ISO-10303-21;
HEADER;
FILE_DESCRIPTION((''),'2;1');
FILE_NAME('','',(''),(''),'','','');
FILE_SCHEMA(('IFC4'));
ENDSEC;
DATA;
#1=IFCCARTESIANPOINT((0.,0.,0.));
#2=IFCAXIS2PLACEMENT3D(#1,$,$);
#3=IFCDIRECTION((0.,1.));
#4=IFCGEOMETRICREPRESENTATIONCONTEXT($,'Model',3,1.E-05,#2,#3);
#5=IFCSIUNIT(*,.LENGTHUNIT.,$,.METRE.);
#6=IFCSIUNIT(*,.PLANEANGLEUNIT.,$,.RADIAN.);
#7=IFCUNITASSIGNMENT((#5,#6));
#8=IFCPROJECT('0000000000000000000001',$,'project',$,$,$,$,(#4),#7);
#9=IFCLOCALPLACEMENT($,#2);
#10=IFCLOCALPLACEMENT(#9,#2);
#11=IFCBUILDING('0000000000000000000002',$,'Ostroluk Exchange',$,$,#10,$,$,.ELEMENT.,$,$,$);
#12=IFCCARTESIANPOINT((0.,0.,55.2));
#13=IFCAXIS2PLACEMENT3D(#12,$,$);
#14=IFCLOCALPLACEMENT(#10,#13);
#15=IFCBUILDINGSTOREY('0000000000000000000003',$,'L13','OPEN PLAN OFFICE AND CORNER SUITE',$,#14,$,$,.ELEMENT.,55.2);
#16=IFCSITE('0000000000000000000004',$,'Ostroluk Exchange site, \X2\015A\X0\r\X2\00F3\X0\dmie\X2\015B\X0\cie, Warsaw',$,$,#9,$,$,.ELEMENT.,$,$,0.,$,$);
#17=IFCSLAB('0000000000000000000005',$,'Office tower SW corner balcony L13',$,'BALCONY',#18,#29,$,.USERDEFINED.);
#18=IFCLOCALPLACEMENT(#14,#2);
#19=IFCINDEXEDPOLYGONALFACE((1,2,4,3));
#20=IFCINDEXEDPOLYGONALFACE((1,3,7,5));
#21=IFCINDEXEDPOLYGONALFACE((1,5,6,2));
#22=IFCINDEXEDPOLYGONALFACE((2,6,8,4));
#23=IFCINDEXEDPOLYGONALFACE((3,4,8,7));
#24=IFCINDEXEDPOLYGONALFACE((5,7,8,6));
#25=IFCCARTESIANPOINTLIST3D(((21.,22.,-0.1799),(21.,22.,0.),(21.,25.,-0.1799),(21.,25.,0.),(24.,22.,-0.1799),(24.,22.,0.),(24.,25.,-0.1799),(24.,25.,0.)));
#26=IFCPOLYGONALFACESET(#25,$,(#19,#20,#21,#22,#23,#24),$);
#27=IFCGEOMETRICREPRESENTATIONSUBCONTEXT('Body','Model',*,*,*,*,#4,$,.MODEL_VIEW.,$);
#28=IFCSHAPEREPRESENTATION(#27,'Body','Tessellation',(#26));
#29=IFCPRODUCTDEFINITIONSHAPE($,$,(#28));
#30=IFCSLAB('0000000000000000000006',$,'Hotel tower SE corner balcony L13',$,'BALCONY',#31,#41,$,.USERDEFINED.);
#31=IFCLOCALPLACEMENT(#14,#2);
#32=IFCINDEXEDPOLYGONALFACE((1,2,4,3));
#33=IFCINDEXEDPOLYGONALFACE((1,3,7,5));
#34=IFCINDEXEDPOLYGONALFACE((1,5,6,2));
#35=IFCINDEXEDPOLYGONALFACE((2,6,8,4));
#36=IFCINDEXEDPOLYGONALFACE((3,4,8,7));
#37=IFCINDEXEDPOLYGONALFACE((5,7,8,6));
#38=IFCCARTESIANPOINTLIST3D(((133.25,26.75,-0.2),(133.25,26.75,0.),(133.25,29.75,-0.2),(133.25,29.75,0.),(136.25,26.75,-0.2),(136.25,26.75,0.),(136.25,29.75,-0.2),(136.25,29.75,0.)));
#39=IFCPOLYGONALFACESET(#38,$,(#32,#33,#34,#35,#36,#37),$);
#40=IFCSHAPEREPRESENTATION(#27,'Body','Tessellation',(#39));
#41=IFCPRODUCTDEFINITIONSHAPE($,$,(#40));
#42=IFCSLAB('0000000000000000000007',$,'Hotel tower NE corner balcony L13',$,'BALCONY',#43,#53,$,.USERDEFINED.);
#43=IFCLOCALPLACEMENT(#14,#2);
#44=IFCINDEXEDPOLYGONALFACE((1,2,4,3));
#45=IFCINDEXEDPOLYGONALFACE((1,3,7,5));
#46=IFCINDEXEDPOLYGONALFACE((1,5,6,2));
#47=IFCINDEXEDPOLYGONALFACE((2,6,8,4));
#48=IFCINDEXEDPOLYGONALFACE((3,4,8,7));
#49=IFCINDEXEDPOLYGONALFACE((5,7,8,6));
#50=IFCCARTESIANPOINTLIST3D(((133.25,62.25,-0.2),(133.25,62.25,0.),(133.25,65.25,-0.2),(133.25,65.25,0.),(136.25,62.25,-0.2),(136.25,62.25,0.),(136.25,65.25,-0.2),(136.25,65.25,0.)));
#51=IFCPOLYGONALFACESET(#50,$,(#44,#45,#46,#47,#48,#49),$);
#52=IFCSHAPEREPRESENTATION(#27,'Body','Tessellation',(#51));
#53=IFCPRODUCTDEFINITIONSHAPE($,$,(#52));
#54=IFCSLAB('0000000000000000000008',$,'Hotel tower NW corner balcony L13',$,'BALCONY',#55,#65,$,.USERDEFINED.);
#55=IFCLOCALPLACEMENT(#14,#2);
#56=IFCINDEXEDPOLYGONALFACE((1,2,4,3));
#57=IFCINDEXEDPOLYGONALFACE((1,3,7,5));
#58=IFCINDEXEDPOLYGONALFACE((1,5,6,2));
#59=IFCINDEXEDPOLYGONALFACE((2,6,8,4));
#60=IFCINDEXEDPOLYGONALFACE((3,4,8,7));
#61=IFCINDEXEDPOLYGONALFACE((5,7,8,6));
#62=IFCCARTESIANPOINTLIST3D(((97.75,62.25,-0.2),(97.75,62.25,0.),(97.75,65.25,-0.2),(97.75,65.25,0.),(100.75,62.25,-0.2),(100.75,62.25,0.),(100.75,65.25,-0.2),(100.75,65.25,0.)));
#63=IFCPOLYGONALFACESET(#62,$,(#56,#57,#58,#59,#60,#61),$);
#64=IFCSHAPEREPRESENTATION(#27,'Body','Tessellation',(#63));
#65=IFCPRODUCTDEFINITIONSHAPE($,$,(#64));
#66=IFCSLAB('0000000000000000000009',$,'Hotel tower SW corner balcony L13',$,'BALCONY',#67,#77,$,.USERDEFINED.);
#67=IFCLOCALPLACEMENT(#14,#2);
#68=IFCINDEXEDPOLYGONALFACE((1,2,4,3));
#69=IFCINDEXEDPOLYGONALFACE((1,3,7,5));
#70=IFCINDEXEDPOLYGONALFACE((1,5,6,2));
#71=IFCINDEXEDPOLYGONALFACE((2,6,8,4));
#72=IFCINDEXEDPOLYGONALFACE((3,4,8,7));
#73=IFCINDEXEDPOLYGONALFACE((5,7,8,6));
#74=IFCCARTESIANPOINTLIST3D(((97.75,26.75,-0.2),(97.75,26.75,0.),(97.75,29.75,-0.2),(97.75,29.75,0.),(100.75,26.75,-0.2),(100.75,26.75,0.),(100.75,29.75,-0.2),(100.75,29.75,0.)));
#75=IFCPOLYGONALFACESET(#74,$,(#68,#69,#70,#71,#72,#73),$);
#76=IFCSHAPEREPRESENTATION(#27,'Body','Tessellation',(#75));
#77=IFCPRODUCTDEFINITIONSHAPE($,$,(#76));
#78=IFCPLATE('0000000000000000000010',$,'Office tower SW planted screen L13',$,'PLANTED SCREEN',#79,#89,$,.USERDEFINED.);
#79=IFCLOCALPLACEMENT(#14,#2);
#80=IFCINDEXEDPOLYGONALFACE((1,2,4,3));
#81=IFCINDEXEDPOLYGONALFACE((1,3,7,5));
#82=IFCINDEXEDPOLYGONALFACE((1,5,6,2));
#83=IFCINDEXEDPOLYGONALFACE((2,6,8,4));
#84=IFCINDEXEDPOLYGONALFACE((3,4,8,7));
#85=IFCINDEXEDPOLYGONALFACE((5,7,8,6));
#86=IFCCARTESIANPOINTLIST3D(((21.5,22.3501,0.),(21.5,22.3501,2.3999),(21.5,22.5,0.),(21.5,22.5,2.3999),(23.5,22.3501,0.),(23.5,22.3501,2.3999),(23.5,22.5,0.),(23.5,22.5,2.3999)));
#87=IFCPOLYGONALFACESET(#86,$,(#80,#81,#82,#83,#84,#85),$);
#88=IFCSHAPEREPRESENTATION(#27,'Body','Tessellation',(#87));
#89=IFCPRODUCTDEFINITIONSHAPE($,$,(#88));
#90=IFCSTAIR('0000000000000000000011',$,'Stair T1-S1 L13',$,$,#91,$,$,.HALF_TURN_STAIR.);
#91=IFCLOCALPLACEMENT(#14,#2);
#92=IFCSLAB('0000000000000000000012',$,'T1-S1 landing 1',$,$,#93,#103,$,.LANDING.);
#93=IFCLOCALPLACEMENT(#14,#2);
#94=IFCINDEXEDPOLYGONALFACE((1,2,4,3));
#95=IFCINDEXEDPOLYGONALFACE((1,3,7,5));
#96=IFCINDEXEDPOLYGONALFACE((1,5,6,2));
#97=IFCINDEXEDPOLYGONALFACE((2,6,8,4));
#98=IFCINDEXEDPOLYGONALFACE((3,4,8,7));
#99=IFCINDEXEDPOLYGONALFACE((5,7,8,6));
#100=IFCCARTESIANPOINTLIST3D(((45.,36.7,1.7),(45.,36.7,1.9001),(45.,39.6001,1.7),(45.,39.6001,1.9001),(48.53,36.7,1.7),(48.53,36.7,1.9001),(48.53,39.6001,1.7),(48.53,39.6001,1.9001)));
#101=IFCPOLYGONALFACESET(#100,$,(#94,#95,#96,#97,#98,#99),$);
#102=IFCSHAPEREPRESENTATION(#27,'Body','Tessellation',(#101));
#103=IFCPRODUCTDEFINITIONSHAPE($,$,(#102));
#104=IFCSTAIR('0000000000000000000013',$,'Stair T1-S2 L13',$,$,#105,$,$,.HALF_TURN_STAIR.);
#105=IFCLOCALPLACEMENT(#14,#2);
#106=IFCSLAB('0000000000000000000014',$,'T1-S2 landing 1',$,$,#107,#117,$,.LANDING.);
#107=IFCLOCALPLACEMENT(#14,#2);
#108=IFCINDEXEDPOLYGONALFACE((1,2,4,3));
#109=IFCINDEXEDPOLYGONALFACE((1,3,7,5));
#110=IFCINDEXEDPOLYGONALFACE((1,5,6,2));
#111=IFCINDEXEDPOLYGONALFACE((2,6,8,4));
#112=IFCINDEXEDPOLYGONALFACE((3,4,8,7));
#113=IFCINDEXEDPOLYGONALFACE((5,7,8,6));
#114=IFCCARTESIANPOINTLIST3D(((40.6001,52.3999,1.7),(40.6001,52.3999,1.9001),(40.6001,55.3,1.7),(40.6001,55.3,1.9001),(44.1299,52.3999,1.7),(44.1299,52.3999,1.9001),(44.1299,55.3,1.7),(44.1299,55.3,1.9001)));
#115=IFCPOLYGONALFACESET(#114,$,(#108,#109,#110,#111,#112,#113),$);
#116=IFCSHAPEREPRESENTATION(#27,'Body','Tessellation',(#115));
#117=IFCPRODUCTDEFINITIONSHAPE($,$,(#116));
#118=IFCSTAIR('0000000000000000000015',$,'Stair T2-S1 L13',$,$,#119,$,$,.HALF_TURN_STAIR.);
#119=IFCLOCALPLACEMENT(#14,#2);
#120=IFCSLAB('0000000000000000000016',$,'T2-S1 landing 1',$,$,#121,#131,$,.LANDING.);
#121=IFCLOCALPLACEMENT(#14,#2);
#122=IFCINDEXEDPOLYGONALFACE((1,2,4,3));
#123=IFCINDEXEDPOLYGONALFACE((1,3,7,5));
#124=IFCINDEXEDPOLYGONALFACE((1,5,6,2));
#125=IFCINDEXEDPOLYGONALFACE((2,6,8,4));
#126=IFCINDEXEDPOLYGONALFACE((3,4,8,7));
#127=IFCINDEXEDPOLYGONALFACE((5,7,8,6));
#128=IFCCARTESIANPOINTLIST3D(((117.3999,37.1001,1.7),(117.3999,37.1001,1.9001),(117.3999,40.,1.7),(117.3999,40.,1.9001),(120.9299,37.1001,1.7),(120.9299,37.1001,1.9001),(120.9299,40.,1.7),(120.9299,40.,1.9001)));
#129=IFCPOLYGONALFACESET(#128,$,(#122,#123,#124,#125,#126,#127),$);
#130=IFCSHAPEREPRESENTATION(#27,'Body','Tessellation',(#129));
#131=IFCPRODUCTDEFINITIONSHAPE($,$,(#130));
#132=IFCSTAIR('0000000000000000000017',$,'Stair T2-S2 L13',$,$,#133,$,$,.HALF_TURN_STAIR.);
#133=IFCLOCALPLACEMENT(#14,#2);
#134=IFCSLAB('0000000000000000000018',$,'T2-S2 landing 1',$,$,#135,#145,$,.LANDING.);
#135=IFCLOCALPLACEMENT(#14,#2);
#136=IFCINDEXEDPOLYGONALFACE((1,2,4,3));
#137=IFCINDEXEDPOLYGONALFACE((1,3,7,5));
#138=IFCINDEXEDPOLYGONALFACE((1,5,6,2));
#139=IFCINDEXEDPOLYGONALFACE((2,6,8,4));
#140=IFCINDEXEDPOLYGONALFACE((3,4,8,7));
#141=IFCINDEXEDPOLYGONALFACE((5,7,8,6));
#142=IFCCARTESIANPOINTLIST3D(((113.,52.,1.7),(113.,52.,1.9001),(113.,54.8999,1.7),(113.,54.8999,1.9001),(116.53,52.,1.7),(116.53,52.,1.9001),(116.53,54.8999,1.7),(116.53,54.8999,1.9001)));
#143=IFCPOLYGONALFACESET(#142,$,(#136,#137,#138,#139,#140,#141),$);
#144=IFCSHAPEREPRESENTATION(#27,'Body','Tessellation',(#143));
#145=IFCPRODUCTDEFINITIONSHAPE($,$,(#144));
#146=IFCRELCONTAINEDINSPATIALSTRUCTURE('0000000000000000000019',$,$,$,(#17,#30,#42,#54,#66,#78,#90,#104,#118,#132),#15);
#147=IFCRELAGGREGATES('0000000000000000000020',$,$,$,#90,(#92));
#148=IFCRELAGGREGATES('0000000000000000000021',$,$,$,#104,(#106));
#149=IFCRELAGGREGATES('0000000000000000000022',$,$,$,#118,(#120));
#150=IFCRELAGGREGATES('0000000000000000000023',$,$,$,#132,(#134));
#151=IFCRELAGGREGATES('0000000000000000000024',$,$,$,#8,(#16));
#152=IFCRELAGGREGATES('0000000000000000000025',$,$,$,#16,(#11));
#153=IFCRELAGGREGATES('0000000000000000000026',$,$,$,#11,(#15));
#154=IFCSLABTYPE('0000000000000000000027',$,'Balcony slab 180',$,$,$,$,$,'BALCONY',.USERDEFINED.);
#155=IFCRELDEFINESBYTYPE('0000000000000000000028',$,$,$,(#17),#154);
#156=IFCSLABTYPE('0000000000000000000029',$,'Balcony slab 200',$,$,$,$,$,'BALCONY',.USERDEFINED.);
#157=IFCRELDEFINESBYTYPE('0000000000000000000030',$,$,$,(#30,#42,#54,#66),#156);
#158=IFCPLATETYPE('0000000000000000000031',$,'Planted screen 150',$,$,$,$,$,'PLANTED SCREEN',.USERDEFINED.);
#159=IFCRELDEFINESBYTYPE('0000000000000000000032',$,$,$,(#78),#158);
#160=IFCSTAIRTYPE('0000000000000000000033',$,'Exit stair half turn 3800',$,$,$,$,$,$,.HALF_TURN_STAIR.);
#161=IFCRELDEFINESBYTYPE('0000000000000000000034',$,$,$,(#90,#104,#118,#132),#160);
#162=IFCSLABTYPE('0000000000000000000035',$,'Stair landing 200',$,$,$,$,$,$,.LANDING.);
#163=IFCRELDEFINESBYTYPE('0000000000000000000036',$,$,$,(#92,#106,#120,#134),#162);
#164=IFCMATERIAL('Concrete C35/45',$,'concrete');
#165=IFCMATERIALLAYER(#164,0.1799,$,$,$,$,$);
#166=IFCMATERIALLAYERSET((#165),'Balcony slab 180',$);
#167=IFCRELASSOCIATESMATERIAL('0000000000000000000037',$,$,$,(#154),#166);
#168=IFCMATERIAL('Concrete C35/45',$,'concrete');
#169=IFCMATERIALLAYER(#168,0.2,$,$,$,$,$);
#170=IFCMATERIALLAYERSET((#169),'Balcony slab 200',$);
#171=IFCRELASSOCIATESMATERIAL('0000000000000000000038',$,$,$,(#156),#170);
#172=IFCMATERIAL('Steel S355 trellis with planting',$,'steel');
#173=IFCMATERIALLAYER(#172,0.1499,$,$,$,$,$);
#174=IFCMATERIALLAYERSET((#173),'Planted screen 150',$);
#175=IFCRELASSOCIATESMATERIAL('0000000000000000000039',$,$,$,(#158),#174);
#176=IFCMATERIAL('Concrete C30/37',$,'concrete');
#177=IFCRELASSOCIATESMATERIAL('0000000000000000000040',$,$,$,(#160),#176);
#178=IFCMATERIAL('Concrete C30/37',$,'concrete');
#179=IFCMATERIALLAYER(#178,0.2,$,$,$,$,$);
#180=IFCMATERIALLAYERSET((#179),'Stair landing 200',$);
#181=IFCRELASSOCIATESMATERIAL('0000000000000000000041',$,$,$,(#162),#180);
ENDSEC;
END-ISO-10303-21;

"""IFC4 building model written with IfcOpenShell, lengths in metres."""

from ifc_helpers import new_model, si_unit, direction, frame, origin, origin_2d, place, context, subcontext, project, spatial, polyline, rectangle, outline, extrude, material, layer, layer_set, type_object, element, aggregate, save


model = new_model("IFC4")

# Units and contexts
model_context = context("Model", 3, precision=1e-05, world=origin(), true_north=direction((0.0, 1.0)))
body_context = subcontext(model_context, "Body", "Model", "MODEL_VIEW")
ifc_project = project(units=[si_unit("LENGTHUNIT", "METRE"), si_unit("PLANEANGLEUNIT", "RADIAN")], contexts=[model_context])

# Site, building, storey
site_placement = place(None, origin())
site = spatial("IfcSite", under=ifc_project, at=site_placement, Name="Ostroluk Exchange site, Śródmieście, Warsaw", CompositionType="ELEMENT", RefElevation=0.0)
building_placement = place(site_placement, origin())
building = spatial("IfcBuilding", under=site, at=building_placement, Name="Ostroluk Exchange", CompositionType="ELEMENT")
storey_placement = place(building_placement, frame((0.0, 0.0, 55.2)))
storey = spatial("IfcBuildingStorey", under=building, at=storey_placement, Name="L13", Description="OPEN PLAN OFFICE AND CORNER SUITE", CompositionType="ELEMENT", Elevation=55.2)

# Slabs
ifc_material_1 = material(Name="Concrete C35/45", Category="concrete")
ifc_layer_1 = layer(ifc_material_1, 0.1799)
ifc_layer_set_1 = layer_set([ifc_layer_1], Name="Balcony slab 180")
slab_type_1 = type_object("IfcSlabType", Name="Balcony slab 180", ElementType="BALCONY", PredefinedType="USERDEFINED", material=ifc_layer_set_1)
slab_1_placement = place(storey_placement, frame((0.0, 0.0, -0.1799)))
element("IfcSlab", 1, at=slab_1_placement, inside=storey, type_object=slab_type_1, Name="Office tower SW corner balcony L13", ObjectType="BALCONY", PredefinedType="USERDEFINED", context=body_context, shape_type="SweptSolid", body=[
    extrude(outline(polyline([(21.0, 22.0), (24.0, 22.0), (24.0, 25.0), (21.0, 25.0), (21.0, 22.0)])), origin(), (0.0, 0.0, 1.0), 0.1799),
])
ifc_material_2 = material(Name="Concrete C35/45", Category="concrete")
ifc_layer_2 = layer(ifc_material_2, 0.2)
ifc_layer_set_2 = layer_set([ifc_layer_2], Name="Balcony slab 200")
slab_type_2 = type_object("IfcSlabType", Name="Balcony slab 200", ElementType="BALCONY", PredefinedType="USERDEFINED", material=ifc_layer_set_2)
slab_2_placement = place(storey_placement, frame((0.0, 0.0, -0.2)))
element("IfcSlab", 2, at=slab_2_placement, inside=storey, type_object=slab_type_2, Name="Hotel tower SE corner balcony L13", ObjectType="BALCONY", PredefinedType="USERDEFINED", context=body_context, shape_type="SweptSolid", body=[
    extrude(outline(polyline([(133.25, 26.75), (136.25, 26.75), (136.25, 29.75), (133.25, 29.75), (133.25, 26.75)])), origin(), (0.0, 0.0, 1.0), 0.2),
])
slab_3_placement = place(storey_placement, frame((0.0, 0.0, -0.2)))
element("IfcSlab", 3, at=slab_3_placement, inside=storey, type_object=slab_type_2, Name="Hotel tower NE corner balcony L13", ObjectType="BALCONY", PredefinedType="USERDEFINED", context=body_context, shape_type="SweptSolid", body=[
    extrude(outline(polyline([(133.25, 62.25), (136.25, 62.25), (136.25, 65.25), (133.25, 65.25), (133.25, 62.25)])), origin(), (0.0, 0.0, 1.0), 0.2),
])
slab_4_placement = place(storey_placement, frame((0.0, 0.0, -0.2)))
element("IfcSlab", 4, at=slab_4_placement, inside=storey, type_object=slab_type_2, Name="Hotel tower NW corner balcony L13", ObjectType="BALCONY", PredefinedType="USERDEFINED", context=body_context, shape_type="SweptSolid", body=[
    extrude(outline(polyline([(97.75, 62.25), (100.75, 62.25), (100.75, 65.25), (97.75, 65.25), (97.75, 62.25)])), origin(), (0.0, 0.0, 1.0), 0.2),
])
slab_5_placement = place(storey_placement, frame((0.0, 0.0, -0.2)))
element("IfcSlab", 5, at=slab_5_placement, inside=storey, type_object=slab_type_2, Name="Hotel tower SW corner balcony L13", ObjectType="BALCONY", PredefinedType="USERDEFINED", context=body_context, shape_type="SweptSolid", body=[
    extrude(outline(polyline([(97.75, 26.75), (100.75, 26.75), (100.75, 29.75), (97.75, 29.75), (97.75, 26.75)])), origin(), (0.0, 0.0, 1.0), 0.2),
])

# Plate
ifc_material_3 = material(Name="Steel S355 trellis with planting", Category="steel")
ifc_layer_3 = layer(ifc_material_3, 0.1499)
ifc_layer_set_3 = layer_set([ifc_layer_3], Name="Planted screen 150")
plate_type = type_object("IfcPlateType", Name="Planted screen 150", ElementType="PLANTED SCREEN", PredefinedType="USERDEFINED", material=ifc_layer_set_3)
plate_placement = place(storey_placement, frame((22.5, 22.425, 0.0), z_axis=(0.0, 0.0, 1.0), x_axis=(1.0, 0.0, 0.0)))
element("IfcPlate", 6, at=plate_placement, inside=storey, type_object=plate_type, Name="Office tower SW planted screen L13", ObjectType="PLANTED SCREEN", PredefinedType="USERDEFINED", context=body_context, shape_type="SweptSolid", body=[
    extrude(rectangle(XDim=2.0, YDim=0.1499, at=origin_2d()), origin(), (0.0, 0.0, 1.0), 2.3999),
])

# Stairs, slabs
ifc_material_4 = material(Name="Concrete C30/37", Category="concrete")
stair_type = type_object("IfcStairType", Name="Exit stair half turn 3800", PredefinedType="HALF_TURN_STAIR", material=ifc_material_4)
stair_1_placement = place(storey_placement, origin())
stair_1 = element("IfcStair", 7, at=stair_1_placement, inside=storey, type_object=stair_type, Name="Stair T1-S1 L13", PredefinedType="HALF_TURN_STAIR")
ifc_material_5 = material(Name="Concrete C30/37", Category="concrete")
ifc_layer_4 = layer(ifc_material_5, 0.2)
ifc_layer_set_4 = layer_set([ifc_layer_4], Name="Stair landing 200")
slab_type_3 = type_object("IfcSlabType", Name="Stair landing 200", PredefinedType="LANDING", material=ifc_layer_set_4)
slab_6_placement = place(storey_placement, frame((0.0, 0.0, 1.7)))
slab_6 = element("IfcSlab", 8, at=slab_6_placement, type_object=slab_type_3, Name="T1-S1 landing 1", PredefinedType="LANDING", context=body_context, shape_type="SweptSolid", body=[
    extrude(outline(polyline([(45.0, 36.7), (45.0, 39.6001), (48.53, 39.6001), (48.53, 36.7), (45.0, 36.7)])), origin(), (0.0, 0.0, 1.0), 0.2002),
])
aggregate(stair_1, [slab_6])
stair_2_placement = place(storey_placement, origin())
stair_2 = element("IfcStair", 9, at=stair_2_placement, inside=storey, type_object=stair_type, Name="Stair T1-S2 L13", PredefinedType="HALF_TURN_STAIR")
slab_7_placement = place(storey_placement, frame((0.0, 0.0, 1.7)))
slab_7 = element("IfcSlab", 10, at=slab_7_placement, type_object=slab_type_3, Name="T1-S2 landing 1", PredefinedType="LANDING", context=body_context, shape_type="SweptSolid", body=[
    extrude(outline(polyline([(44.1299, 52.3999), (44.1299, 55.3), (40.6001, 55.3), (40.6001, 52.3999), (44.1299, 52.3999)])), origin(), (0.0, 0.0, 1.0), 0.2002),
])
aggregate(stair_2, [slab_7])
stair_3_placement = place(storey_placement, origin())
stair_3 = element("IfcStair", 11, at=stair_3_placement, inside=storey, type_object=stair_type, Name="Stair T2-S1 L13", PredefinedType="HALF_TURN_STAIR")
slab_8_placement = place(storey_placement, frame((0.0, 0.0, 1.7)))
slab_8 = element("IfcSlab", 12, at=slab_8_placement, type_object=slab_type_3, Name="T2-S1 landing 1", PredefinedType="LANDING", context=body_context, shape_type="SweptSolid", body=[
    extrude(outline(polyline([(117.3999, 37.1001), (117.3999, 40.0), (120.9299, 40.0), (120.9299, 37.1001), (117.3999, 37.1001)])), origin(), (0.0, 0.0, 1.0), 0.2002),
])
aggregate(stair_3, [slab_8])
stair_4_placement = place(storey_placement, origin())
stair_4 = element("IfcStair", 13, at=stair_4_placement, inside=storey, type_object=stair_type, Name="Stair T2-S2 L13", PredefinedType="HALF_TURN_STAIR")
slab_9_placement = place(storey_placement, frame((0.0, 0.0, 1.7)))
slab_9 = element("IfcSlab", 14, at=slab_9_placement, type_object=slab_type_3, Name="T2-S2 landing 1", PredefinedType="LANDING", context=body_context, shape_type="SweptSolid", body=[
    extrude(outline(polyline([(116.53, 52.0), (116.53, 54.8999), (113.0, 54.8999), (113.0, 52.0), (116.53, 52.0)])), origin(), (0.0, 0.0, 1.0), 0.2002),
])
aggregate(stair_4, [slab_9])

save(model, "model.ifc")
